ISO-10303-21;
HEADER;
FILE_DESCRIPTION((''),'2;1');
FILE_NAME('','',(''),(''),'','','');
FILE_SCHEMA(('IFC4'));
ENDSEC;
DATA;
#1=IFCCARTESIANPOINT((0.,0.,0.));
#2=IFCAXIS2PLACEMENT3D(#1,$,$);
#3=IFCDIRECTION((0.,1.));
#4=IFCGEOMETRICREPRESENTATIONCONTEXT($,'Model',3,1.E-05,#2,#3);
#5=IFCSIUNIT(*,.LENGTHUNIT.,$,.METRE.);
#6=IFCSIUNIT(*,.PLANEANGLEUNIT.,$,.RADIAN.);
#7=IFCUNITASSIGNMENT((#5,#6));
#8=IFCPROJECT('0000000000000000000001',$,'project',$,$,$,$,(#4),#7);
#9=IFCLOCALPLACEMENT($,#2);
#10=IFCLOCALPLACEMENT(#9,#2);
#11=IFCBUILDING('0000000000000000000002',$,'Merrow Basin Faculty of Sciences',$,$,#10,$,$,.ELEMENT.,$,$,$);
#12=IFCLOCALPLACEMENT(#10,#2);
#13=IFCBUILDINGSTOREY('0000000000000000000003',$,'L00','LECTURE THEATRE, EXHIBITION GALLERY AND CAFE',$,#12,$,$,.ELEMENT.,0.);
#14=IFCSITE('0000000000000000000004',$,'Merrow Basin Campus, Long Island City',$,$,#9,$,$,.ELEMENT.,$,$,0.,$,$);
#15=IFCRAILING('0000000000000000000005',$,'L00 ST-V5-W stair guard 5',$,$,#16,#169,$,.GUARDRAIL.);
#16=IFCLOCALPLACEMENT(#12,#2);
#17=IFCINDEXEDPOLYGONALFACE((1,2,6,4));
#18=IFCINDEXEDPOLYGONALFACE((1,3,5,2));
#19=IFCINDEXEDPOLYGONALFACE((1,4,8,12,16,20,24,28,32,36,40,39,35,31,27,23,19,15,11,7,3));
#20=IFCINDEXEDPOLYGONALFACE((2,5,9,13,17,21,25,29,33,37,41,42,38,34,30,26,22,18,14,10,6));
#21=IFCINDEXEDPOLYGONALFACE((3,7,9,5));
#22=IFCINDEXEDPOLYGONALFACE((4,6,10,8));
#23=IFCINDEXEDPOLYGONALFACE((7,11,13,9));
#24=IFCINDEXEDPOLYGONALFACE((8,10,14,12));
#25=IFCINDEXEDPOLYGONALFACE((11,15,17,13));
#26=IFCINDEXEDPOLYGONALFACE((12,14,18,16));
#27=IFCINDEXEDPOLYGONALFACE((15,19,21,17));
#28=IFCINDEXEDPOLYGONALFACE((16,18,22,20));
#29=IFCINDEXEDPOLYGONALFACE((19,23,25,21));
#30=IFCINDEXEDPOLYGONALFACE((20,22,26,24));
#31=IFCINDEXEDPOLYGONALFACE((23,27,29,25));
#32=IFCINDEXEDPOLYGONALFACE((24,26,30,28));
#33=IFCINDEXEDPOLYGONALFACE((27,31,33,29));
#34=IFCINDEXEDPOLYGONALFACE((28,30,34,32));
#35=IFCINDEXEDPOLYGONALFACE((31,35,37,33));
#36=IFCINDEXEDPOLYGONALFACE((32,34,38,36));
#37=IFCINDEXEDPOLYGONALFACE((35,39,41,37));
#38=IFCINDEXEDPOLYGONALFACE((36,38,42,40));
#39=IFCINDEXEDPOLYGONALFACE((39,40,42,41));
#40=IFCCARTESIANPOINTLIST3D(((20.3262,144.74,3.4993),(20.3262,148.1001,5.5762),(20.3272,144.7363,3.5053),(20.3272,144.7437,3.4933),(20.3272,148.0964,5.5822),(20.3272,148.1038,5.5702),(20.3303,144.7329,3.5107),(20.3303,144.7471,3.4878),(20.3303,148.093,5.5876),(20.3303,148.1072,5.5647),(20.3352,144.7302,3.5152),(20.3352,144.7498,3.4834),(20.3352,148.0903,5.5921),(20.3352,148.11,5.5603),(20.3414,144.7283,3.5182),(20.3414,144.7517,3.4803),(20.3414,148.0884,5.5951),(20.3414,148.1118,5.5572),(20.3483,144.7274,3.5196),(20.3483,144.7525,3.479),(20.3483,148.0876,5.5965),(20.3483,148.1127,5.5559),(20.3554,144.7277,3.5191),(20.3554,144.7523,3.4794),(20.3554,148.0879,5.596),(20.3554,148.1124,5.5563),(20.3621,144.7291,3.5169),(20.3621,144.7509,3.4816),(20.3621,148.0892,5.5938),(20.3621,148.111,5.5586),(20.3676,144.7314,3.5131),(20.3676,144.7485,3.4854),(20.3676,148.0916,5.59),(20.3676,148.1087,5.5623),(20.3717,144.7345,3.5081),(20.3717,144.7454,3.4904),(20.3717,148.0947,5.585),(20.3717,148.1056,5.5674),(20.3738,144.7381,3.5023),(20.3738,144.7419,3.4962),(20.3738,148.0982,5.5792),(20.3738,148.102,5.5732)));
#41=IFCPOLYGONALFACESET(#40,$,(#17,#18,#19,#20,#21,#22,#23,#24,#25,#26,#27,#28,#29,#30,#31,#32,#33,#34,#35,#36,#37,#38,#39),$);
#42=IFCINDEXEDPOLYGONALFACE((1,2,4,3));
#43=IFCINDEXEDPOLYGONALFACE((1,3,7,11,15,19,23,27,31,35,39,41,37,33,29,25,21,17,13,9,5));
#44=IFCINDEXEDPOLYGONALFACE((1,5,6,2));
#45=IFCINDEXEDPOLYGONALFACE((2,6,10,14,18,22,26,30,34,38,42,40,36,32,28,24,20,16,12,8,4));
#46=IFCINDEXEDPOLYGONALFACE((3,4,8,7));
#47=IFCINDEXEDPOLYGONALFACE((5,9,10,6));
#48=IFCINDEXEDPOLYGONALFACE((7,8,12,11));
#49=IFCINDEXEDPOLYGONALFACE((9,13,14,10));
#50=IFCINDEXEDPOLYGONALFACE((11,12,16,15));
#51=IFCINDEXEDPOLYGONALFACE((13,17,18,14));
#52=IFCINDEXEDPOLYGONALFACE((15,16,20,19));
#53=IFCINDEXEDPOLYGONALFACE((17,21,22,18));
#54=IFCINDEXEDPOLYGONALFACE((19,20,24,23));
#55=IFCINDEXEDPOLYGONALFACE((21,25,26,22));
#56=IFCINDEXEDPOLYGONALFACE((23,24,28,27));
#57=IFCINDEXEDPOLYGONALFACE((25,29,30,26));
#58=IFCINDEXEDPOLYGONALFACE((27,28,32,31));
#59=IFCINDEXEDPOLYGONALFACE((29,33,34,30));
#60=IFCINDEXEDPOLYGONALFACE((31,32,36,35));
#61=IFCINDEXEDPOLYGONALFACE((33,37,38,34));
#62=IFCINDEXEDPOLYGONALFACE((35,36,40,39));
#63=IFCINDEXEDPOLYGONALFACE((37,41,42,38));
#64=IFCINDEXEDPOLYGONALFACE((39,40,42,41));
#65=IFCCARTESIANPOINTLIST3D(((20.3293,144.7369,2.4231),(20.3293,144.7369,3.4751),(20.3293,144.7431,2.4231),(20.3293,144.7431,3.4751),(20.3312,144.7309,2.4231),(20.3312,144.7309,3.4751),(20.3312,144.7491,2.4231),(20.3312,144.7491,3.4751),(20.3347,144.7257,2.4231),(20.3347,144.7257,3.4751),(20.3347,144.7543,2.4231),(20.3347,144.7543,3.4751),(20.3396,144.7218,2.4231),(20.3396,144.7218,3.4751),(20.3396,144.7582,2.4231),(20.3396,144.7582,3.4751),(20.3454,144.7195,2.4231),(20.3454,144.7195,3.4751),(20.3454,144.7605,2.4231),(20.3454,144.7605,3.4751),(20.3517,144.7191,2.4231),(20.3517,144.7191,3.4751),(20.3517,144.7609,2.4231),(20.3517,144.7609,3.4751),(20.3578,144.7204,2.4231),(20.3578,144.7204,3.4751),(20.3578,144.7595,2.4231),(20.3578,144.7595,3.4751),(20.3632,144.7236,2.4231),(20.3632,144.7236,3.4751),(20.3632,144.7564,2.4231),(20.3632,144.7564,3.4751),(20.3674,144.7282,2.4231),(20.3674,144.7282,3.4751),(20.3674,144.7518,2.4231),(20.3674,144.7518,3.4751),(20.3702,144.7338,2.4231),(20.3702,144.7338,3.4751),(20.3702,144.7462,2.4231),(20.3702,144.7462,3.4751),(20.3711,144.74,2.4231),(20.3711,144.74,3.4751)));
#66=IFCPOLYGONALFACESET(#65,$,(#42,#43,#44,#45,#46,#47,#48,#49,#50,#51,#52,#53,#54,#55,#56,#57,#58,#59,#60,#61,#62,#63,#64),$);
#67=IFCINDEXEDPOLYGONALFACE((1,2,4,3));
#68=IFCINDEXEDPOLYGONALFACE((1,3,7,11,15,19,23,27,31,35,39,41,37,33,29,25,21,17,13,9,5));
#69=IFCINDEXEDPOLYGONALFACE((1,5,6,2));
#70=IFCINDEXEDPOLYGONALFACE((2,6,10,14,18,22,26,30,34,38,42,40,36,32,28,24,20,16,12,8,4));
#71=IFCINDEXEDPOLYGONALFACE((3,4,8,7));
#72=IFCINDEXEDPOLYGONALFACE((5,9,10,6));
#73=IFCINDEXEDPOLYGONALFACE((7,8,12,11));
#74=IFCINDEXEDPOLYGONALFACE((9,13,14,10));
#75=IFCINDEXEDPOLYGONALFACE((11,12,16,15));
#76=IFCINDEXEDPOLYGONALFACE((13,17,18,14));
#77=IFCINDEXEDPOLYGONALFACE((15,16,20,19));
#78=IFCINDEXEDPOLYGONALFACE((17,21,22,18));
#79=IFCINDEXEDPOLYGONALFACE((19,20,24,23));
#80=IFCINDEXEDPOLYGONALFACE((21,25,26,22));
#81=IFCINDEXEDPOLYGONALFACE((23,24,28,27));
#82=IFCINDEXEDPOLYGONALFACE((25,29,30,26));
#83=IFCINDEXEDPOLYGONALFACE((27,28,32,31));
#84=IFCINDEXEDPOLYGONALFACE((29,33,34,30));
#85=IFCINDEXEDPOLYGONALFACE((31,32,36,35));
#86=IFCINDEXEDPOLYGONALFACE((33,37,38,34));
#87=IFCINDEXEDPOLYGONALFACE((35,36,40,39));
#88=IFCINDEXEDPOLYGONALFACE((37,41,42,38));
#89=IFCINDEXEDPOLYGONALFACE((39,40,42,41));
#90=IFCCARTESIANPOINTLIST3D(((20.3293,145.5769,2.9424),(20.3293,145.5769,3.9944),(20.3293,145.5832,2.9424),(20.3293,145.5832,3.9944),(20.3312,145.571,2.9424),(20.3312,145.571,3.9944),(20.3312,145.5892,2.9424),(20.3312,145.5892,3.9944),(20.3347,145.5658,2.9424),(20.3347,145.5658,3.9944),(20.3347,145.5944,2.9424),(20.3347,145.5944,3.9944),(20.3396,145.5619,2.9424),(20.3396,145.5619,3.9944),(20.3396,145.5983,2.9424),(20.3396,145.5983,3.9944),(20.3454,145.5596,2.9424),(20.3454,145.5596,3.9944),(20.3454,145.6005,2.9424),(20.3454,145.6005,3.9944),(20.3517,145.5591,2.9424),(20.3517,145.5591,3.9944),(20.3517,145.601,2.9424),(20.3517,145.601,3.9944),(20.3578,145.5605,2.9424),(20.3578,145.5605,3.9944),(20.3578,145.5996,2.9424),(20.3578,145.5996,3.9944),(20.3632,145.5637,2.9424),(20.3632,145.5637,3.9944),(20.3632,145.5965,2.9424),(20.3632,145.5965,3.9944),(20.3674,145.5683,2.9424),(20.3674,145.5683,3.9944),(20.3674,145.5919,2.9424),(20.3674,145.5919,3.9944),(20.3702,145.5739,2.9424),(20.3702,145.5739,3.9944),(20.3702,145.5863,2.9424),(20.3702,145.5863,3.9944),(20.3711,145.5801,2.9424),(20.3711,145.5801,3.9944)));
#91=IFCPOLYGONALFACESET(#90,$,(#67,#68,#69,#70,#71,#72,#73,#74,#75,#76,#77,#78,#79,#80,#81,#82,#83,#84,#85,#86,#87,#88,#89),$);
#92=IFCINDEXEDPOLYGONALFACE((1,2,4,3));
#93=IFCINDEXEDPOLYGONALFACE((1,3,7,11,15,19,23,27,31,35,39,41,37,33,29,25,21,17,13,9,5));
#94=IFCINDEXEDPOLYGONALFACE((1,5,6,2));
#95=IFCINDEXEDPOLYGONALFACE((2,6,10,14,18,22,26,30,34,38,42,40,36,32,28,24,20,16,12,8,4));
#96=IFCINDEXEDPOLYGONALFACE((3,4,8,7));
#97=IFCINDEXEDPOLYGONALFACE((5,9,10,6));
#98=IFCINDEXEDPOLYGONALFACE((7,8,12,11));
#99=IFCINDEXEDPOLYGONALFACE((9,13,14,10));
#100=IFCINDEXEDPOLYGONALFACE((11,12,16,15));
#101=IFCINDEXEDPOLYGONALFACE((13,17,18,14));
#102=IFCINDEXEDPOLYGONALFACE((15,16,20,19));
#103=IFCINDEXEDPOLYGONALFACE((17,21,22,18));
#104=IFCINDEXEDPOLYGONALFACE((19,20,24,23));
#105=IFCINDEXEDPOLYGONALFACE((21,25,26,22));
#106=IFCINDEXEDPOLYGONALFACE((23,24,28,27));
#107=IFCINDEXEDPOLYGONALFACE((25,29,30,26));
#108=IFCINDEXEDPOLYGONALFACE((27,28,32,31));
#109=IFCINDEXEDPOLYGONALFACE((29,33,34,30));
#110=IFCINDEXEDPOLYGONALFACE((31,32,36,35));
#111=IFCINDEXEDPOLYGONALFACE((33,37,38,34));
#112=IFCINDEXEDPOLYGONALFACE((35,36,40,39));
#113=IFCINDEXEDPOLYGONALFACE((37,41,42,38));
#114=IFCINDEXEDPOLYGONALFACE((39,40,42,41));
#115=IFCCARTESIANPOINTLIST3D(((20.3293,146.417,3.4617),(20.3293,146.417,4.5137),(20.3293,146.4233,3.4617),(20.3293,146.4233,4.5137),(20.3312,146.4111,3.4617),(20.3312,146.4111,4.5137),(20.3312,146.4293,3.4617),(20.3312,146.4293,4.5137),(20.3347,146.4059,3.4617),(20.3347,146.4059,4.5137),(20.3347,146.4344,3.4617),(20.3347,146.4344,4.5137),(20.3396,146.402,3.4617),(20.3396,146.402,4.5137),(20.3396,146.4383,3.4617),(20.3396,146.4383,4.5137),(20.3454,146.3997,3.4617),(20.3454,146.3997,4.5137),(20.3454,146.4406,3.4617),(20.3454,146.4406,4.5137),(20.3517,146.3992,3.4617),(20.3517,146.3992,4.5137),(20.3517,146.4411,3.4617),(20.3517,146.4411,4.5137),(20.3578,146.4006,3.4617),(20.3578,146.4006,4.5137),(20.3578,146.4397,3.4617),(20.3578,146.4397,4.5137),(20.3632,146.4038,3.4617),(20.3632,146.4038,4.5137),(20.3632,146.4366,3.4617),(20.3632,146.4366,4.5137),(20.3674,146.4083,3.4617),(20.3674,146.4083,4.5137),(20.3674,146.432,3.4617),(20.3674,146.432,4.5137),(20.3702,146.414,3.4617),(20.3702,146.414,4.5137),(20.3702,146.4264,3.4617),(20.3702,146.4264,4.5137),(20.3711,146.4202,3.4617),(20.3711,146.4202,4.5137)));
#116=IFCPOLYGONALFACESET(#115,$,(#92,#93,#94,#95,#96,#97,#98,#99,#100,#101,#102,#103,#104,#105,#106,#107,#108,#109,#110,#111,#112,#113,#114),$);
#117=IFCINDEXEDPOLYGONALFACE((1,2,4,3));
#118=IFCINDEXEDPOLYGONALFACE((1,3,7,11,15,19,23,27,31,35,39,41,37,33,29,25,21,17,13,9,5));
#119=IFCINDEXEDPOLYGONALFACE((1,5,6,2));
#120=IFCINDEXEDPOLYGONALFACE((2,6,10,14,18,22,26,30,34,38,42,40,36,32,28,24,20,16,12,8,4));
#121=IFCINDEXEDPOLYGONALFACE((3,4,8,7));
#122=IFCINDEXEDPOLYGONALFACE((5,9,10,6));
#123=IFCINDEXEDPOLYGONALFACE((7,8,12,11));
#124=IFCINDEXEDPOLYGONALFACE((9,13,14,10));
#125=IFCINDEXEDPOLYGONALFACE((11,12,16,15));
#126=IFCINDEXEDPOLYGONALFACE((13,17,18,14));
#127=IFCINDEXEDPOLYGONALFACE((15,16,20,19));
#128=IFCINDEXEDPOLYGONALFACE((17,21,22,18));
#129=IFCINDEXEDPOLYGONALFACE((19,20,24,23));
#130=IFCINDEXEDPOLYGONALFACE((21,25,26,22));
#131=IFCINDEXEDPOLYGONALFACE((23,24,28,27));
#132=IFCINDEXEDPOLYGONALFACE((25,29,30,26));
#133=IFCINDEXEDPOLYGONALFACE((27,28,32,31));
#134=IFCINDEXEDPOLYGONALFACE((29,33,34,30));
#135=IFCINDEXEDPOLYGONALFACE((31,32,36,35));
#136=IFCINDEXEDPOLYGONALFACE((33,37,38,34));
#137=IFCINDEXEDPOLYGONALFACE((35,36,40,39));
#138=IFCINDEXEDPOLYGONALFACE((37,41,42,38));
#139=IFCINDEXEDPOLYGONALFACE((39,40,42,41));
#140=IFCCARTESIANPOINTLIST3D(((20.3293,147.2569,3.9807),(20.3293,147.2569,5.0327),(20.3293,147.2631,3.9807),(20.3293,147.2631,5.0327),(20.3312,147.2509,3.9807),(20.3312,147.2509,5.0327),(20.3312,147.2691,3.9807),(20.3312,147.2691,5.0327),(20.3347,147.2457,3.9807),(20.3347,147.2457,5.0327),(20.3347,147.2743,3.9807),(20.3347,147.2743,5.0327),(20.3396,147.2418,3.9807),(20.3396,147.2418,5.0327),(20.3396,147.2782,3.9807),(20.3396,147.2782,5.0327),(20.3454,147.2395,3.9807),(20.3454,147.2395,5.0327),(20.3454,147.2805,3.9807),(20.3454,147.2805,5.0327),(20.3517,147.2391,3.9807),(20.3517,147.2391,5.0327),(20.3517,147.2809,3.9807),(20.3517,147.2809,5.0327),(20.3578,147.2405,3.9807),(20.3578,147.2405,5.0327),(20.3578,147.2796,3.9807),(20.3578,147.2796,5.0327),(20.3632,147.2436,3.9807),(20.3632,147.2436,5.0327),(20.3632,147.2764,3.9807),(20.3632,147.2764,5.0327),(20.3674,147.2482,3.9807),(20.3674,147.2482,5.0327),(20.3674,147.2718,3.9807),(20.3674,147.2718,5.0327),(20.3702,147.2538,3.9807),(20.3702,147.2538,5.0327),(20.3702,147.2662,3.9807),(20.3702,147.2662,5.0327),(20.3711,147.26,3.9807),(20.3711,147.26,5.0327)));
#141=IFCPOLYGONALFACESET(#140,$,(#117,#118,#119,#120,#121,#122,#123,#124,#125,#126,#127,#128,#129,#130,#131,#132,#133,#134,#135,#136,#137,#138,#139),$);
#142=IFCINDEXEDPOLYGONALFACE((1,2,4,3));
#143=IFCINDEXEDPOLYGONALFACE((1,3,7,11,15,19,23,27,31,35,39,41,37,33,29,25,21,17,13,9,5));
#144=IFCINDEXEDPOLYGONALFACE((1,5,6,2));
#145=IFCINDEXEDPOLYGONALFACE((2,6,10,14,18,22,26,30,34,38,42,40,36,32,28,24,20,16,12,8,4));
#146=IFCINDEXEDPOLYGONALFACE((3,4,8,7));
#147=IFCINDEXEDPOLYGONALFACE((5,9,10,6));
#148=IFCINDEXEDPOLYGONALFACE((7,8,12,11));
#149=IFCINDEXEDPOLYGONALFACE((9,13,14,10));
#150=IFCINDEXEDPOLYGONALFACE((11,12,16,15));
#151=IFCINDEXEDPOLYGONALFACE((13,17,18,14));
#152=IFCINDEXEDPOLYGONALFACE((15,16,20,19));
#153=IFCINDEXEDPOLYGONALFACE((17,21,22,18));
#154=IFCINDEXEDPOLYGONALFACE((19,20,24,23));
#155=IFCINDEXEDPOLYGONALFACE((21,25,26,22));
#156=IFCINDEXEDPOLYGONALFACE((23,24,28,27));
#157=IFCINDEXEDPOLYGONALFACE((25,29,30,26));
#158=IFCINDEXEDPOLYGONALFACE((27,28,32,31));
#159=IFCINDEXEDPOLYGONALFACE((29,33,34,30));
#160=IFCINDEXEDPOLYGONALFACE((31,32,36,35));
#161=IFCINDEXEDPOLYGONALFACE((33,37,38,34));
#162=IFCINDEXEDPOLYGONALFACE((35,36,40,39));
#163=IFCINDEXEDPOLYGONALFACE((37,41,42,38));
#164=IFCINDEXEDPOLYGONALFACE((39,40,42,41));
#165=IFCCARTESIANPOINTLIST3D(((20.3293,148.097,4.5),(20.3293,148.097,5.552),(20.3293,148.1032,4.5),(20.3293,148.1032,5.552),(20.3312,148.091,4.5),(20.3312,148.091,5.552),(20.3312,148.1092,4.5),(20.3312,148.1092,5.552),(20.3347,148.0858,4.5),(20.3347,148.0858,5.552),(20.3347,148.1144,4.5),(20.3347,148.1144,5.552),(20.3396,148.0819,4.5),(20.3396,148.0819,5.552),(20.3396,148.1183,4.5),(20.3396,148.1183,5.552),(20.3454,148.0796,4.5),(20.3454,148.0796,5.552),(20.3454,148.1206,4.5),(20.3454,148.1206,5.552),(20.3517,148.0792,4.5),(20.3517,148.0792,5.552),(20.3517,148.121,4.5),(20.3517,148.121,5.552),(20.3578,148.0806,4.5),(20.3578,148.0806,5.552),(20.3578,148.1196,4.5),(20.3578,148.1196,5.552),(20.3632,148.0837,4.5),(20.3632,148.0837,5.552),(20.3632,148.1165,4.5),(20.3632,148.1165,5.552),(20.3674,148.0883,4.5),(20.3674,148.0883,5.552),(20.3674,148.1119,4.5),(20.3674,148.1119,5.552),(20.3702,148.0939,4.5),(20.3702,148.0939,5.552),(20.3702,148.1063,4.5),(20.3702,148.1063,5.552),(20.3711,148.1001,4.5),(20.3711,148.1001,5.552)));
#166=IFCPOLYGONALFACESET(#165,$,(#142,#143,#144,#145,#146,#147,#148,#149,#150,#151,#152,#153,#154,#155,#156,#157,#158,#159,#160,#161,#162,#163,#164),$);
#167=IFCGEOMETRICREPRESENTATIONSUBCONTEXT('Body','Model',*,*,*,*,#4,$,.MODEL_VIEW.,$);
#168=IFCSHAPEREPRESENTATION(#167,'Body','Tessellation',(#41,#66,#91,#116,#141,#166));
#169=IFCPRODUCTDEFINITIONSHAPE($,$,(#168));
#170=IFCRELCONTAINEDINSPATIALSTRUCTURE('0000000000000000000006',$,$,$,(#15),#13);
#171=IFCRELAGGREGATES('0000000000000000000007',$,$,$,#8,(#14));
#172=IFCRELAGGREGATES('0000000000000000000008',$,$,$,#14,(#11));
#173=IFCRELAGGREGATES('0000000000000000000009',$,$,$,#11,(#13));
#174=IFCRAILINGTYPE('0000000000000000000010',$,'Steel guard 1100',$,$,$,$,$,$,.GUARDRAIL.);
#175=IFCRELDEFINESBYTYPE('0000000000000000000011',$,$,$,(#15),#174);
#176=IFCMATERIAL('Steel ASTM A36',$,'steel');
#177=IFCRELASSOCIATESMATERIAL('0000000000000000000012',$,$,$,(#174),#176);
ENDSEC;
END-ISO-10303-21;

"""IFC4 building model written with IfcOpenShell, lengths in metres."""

from ifc_helpers import new_model, si_unit, direction, frame, origin, origin_2d, place, context, subcontext, project, spatial, circle, extrude, material, type_object, element, save


model = new_model("IFC4")

# Units and contexts
model_context = context("Model", 3, precision=1e-05, world=origin(), true_north=direction((0.0, 1.0)))
body_context = subcontext(model_context, "Body", "Model", "MODEL_VIEW")
ifc_project = project(units=[si_unit("LENGTHUNIT", "METRE"), si_unit("PLANEANGLEUNIT", "RADIAN")], contexts=[model_context])

# Site, building, storey
site_placement = place(None, origin())
site = spatial("IfcSite", under=ifc_project, at=site_placement, Name="Merrow Basin Campus, Long Island City", CompositionType="ELEMENT", RefElevation=0.0)
building_placement = place(site_placement, origin())
building = spatial("IfcBuilding", under=site, at=building_placement, Name="Merrow Basin Faculty of Sciences", CompositionType="ELEMENT")
storey_placement = place(building_placement, origin())
storey = spatial("IfcBuildingStorey", under=building, at=storey_placement, Name="L00", Description="LECTURE THEATRE, EXHIBITION GALLERY AND CAFE", CompositionType="ELEMENT", Elevation=0.0)

# Railing
ifc_material_1 = material(Name="Steel ASTM A36", Category="steel")
railing_type_1 = type_object("IfcRailingType", Name="Steel guard 1100", PredefinedType="GUARDRAIL", material=ifc_material_1)
railing_1_placement = place(storey_placement, frame((20.3501, 144.74, 2.4231)))
element("IfcRailing", 1, at=railing_1_placement, inside=storey, type_object=railing_type_1, Name="L00 ST-V5-W stair guard 5", PredefinedType="GUARDRAIL", context=body_context, shape_type="SweptSolid", body=[
    extrude(circle(Radius=0.0239, at=origin_2d()), frame((0.0, 0.0, 1.0762), z_axis=(0.0, 0.850623, 0.525776), x_axis=(-1.0, 0.0, 0.0)), (0.0, 0.0, 1.0), 3.9502),
    extrude(circle(Radius=0.021, at=origin_2d()), origin(), (0.0, 0.0, 1.0), 1.052),
    extrude(circle(Radius=0.021, at=origin_2d()), frame((0.0, 0.8401, 0.5193)), (0.0, 0.0, 1.0), 1.052),
    extrude(circle(Radius=0.021, at=origin_2d()), frame((0.0, 1.6802, 1.0386)), (0.0, 0.0, 1.0), 1.052),
    extrude(circle(Radius=0.021, at=origin_2d()), frame((0.0, 2.52, 1.5576)), (0.0, 0.0, 1.0), 1.052),
    extrude(circle(Radius=0.021, at=origin_2d()), frame((0.0, 3.3601, 2.0769)), (0.0, 0.0, 1.0), 1.052),
])

save(model, "model.ifc")
